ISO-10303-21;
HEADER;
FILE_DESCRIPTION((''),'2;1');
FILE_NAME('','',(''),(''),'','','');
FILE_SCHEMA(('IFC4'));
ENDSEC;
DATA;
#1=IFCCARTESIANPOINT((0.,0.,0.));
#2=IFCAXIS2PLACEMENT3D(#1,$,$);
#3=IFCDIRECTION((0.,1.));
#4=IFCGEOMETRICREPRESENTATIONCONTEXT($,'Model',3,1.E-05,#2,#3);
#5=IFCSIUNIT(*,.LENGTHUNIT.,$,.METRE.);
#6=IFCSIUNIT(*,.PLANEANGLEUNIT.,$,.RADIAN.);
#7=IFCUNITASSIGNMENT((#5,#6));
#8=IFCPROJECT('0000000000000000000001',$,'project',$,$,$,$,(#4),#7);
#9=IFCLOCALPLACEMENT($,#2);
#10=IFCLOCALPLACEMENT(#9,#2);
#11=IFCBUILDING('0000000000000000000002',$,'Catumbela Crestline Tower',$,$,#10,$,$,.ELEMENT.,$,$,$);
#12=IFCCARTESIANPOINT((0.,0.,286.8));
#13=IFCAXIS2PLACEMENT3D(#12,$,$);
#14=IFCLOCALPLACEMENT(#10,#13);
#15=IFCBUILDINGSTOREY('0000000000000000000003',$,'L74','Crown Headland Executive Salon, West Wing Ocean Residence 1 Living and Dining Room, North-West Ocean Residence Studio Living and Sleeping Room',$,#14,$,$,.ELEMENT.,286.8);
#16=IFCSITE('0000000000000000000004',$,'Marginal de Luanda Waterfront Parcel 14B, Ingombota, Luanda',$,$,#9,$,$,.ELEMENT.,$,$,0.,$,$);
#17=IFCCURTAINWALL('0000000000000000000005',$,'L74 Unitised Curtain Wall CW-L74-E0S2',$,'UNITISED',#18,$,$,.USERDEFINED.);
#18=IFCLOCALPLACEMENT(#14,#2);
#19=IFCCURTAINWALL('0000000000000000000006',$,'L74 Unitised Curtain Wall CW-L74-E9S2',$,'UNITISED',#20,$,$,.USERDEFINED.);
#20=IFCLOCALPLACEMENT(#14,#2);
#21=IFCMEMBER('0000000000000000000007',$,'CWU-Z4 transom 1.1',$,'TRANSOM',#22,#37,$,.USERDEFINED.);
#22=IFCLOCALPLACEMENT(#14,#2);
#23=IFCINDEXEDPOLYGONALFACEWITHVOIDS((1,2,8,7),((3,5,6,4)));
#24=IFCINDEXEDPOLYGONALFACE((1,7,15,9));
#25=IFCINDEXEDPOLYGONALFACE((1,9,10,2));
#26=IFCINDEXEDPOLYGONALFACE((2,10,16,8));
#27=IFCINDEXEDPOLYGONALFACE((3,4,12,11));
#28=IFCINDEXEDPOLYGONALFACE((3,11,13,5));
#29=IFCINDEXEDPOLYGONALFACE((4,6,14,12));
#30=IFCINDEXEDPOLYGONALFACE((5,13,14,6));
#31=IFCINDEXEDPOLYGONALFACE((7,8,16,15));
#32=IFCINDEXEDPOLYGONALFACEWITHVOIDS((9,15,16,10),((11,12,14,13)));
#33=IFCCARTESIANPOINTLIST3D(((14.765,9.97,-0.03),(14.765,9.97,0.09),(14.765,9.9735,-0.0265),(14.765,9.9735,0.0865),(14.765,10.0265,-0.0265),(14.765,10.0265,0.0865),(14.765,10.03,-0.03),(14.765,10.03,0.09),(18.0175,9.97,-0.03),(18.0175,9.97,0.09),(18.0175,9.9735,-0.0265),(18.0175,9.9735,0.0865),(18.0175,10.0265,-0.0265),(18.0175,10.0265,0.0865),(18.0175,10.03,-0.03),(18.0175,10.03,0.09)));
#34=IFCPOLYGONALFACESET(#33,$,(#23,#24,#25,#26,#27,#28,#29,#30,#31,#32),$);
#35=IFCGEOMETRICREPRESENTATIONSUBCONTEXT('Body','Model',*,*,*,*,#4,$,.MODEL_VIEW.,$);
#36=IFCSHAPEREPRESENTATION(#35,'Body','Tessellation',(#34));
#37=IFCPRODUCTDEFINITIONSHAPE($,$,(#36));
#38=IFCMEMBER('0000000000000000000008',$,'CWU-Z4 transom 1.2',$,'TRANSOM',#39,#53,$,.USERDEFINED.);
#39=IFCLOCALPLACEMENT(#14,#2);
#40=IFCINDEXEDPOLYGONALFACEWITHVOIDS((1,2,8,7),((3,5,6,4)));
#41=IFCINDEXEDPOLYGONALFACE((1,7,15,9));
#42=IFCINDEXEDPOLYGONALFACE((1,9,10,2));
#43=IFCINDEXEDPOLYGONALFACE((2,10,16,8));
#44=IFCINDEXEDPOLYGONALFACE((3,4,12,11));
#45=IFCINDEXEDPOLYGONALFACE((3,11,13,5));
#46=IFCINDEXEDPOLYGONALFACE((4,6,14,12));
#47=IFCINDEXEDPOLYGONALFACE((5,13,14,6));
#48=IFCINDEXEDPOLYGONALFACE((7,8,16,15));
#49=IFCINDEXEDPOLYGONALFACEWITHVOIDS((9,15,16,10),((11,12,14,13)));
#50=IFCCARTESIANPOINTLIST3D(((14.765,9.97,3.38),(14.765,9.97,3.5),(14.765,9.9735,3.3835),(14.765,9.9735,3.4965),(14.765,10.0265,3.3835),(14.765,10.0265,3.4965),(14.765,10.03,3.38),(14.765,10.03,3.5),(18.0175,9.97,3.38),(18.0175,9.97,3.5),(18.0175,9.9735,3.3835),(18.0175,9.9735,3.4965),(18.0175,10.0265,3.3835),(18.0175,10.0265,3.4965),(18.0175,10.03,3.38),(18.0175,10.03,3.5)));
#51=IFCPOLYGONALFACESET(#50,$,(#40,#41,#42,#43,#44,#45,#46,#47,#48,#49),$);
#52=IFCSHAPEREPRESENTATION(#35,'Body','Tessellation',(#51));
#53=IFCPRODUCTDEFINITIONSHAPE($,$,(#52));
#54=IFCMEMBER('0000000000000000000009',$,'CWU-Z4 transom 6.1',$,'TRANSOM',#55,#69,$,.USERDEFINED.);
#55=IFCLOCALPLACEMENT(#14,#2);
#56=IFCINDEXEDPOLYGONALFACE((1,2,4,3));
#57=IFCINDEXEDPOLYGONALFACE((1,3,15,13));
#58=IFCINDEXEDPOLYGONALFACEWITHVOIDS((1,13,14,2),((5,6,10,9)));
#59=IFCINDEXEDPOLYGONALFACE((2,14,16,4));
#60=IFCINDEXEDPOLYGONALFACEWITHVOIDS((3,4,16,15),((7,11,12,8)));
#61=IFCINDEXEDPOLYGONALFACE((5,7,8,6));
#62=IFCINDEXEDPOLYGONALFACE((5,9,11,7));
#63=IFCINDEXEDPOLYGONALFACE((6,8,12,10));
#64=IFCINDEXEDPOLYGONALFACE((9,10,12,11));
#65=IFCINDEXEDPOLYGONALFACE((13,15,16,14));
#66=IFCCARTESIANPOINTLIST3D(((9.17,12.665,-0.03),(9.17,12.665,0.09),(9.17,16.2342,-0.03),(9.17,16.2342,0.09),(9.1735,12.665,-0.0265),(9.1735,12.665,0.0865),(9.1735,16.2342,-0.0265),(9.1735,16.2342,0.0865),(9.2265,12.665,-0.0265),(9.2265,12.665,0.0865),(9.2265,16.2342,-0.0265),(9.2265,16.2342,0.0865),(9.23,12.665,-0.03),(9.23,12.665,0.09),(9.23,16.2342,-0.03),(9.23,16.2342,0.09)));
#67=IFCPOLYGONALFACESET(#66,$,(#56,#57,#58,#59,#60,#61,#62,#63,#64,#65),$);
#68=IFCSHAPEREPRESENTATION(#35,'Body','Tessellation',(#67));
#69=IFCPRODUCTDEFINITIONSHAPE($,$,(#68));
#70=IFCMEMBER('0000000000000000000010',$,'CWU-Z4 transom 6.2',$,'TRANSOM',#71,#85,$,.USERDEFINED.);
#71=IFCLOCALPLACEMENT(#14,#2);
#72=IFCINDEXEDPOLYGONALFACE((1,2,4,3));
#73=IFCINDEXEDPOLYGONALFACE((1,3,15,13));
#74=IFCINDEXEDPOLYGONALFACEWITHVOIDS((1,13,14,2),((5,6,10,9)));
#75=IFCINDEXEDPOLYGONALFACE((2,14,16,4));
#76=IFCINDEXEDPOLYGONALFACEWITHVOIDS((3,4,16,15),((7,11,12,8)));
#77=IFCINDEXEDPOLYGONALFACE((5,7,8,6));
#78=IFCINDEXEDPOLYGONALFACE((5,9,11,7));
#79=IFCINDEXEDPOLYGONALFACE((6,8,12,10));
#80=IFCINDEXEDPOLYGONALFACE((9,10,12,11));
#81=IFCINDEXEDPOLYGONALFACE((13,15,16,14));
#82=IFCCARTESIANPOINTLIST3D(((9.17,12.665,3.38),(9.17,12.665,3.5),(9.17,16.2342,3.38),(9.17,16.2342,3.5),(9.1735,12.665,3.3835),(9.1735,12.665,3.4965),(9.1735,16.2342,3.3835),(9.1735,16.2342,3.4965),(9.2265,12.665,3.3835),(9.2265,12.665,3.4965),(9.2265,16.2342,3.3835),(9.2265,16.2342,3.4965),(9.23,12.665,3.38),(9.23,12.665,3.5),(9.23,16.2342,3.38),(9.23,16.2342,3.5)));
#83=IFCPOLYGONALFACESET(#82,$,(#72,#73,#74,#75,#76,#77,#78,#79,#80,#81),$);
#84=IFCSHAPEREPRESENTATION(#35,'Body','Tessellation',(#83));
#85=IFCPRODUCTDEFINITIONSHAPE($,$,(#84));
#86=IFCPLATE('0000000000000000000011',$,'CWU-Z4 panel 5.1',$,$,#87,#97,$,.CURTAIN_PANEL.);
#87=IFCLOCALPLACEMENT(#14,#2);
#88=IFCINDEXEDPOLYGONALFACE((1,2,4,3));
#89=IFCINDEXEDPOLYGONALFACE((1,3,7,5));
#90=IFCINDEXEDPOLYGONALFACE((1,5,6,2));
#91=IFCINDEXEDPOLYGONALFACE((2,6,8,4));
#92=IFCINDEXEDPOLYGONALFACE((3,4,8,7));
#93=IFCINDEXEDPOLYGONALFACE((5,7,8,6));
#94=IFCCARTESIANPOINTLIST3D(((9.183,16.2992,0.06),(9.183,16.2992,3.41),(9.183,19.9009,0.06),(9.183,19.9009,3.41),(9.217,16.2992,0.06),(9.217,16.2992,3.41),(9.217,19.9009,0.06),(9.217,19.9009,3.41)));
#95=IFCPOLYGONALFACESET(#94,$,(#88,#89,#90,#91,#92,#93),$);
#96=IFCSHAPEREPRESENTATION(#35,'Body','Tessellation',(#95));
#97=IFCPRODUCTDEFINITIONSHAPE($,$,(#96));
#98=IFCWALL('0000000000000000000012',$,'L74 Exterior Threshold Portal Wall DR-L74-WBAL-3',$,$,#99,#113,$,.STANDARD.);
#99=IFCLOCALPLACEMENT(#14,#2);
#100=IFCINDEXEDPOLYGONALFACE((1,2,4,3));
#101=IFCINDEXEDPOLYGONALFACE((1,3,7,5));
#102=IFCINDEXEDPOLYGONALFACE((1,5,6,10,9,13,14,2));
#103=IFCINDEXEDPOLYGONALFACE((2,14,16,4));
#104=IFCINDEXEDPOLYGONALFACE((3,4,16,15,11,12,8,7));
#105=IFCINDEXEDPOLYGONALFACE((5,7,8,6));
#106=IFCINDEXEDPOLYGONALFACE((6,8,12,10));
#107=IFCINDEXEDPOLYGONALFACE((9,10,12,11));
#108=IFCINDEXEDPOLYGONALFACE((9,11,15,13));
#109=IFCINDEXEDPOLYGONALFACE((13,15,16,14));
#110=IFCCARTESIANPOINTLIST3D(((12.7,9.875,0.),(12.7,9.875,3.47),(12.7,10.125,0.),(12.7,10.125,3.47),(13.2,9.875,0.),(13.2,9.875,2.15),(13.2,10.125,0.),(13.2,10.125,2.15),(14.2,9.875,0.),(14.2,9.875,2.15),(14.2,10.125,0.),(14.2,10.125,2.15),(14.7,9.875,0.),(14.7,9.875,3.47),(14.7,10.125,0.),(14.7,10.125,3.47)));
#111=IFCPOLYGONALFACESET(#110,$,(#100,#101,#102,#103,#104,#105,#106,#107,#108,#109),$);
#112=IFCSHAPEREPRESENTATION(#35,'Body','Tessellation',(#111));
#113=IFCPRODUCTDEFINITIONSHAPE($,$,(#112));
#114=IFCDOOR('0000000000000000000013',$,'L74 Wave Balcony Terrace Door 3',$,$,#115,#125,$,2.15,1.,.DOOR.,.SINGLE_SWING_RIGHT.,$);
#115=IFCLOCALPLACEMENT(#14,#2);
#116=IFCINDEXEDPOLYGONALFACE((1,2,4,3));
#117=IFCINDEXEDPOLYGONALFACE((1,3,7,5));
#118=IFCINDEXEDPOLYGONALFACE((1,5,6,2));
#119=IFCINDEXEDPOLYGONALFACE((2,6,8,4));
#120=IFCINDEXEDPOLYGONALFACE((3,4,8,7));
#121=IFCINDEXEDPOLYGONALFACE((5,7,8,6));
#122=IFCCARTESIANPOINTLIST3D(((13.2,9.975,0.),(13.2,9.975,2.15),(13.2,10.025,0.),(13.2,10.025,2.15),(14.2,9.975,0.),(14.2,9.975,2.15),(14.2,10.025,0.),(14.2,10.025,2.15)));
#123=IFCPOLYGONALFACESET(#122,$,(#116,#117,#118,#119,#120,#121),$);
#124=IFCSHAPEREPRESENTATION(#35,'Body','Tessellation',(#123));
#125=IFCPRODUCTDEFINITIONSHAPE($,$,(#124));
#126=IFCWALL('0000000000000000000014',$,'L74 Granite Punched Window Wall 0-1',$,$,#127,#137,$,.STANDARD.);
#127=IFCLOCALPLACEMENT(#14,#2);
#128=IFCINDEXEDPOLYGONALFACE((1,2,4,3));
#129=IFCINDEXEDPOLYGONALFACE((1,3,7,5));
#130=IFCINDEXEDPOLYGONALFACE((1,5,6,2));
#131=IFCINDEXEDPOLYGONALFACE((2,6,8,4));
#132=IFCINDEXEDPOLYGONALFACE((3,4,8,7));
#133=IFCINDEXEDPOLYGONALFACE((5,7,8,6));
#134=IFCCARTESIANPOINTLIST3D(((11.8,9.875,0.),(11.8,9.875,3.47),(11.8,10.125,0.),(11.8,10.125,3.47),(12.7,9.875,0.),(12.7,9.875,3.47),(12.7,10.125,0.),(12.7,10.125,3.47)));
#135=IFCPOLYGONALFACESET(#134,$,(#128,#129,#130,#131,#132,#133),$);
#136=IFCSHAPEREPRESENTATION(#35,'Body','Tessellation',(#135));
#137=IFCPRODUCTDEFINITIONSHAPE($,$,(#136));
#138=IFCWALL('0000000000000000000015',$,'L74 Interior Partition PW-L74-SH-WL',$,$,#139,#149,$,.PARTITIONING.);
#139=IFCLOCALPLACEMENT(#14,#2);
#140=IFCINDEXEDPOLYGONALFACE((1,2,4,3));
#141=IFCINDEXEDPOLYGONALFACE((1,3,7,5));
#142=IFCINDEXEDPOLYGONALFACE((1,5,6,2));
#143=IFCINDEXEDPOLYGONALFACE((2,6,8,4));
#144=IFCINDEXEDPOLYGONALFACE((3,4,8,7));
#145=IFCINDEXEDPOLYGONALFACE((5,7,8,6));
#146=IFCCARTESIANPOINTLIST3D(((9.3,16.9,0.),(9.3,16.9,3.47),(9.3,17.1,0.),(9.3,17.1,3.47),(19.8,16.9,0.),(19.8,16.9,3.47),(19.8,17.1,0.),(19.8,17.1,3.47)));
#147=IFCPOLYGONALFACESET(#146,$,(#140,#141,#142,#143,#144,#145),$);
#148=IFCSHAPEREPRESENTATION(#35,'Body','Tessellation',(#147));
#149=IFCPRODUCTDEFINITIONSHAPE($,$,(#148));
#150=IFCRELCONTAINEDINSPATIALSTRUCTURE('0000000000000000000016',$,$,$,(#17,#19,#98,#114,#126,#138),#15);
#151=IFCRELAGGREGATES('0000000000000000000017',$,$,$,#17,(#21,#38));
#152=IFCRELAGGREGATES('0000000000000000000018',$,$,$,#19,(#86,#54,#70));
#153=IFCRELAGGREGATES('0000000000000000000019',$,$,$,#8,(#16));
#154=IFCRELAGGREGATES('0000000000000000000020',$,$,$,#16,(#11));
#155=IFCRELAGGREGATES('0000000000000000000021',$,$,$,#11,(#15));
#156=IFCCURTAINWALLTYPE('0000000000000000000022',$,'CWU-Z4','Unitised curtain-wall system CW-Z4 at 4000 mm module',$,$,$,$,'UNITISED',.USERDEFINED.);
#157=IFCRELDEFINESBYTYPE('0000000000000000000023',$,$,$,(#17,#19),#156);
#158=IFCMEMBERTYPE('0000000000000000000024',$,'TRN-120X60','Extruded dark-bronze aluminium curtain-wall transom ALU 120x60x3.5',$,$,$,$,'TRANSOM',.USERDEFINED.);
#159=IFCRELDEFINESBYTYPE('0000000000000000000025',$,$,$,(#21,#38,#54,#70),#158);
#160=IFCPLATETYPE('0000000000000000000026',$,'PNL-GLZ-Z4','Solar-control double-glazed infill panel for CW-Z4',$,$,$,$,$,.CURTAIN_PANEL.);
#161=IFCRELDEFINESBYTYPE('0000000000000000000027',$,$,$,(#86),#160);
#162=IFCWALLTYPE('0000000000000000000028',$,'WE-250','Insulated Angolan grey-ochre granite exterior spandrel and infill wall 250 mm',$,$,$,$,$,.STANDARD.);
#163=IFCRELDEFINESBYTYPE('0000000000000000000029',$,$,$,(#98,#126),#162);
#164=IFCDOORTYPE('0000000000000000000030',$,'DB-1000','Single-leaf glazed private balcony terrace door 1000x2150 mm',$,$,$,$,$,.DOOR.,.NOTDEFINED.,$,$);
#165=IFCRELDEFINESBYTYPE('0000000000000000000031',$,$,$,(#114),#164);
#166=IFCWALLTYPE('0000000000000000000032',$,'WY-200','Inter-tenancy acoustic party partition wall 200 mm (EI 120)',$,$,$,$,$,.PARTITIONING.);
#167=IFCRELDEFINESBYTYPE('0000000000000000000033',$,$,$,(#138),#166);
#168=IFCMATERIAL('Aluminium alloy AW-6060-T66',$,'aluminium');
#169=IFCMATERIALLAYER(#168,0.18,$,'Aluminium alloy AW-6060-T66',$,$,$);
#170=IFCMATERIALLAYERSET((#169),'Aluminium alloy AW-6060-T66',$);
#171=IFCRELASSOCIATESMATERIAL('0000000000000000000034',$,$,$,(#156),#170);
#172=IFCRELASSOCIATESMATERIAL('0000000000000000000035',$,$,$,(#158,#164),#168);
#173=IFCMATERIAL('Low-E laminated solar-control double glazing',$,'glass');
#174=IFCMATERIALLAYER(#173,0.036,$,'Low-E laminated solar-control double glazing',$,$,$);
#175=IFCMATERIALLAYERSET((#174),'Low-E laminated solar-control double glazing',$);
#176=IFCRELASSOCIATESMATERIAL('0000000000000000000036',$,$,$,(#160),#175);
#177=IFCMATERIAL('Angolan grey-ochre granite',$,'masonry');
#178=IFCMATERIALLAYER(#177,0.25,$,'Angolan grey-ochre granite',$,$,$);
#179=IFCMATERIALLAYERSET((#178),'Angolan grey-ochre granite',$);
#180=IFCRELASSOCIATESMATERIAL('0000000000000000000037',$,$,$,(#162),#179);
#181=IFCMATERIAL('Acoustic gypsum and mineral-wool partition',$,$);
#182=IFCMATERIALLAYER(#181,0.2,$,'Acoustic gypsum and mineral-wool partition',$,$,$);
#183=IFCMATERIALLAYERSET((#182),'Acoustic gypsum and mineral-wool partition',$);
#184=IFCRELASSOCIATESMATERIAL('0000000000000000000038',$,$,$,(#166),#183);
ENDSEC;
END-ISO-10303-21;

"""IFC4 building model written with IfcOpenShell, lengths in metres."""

from ifc_helpers import new_model, si_unit, direction, frame, frame_2d, origin, origin_2d, place, context, subcontext, project, spatial, rectangle, hollow_rectangle, extrude, material, layer, layer_set, material_profile, profile_set, type_object, element, fill, aggregate, save


model = new_model("IFC4")

# Units and contexts
model_context = context("Model", 3, precision=1e-05, world=origin(), true_north=direction((0.0, 1.0)))
body_context = subcontext(model_context, "Body", "Model", "MODEL_VIEW")
ifc_project = project(units=[si_unit("LENGTHUNIT", "METRE"), si_unit("PLANEANGLEUNIT", "RADIAN")], contexts=[model_context])

# Site, building, storey
site_placement = place(None, origin())
site = spatial("IfcSite", under=ifc_project, at=site_placement, Name="Marginal de Luanda Waterfront Parcel 14B, Ingombota, Luanda", CompositionType="ELEMENT", RefElevation=0.0)
building_placement = place(site_placement, origin())
building = spatial("IfcBuilding", under=site, at=building_placement, Name="Catumbela Crestline Tower", CompositionType="ELEMENT")
storey_placement = place(building_placement, frame((0.0, 0.0, 286.8)))
storey = spatial("IfcBuildingStorey", under=building, at=storey_placement, Name="L74", Description="Crown Headland Executive Salon, West Wing Ocean Residence 1 Living and Dining Room, North-West Ocean Residence Studio Living and Sleeping Room", CompositionType="ELEMENT", Elevation=286.8)

# Curtain walls
ifc_material_1 = material(Name="Aluminium alloy AW-6060-T66", Category="aluminium")
ifc_layer_1 = layer(ifc_material_1, 0.18, Name="Aluminium alloy AW-6060-T66")
ifc_layer_set_1 = layer_set([ifc_layer_1], Name="Aluminium alloy AW-6060-T66")
curtain_wall_type = type_object("IfcCurtainWallType", Name="CWU-Z4", Description="Unitised curtain-wall system CW-Z4 at 4000 mm module", ElementType="UNITISED", PredefinedType="USERDEFINED", material=ifc_layer_set_1)
curtain_wall_1_placement = place(storey_placement, origin())
curtain_wall_1 = element("IfcCurtainWall", 1, at=curtain_wall_1_placement, inside=storey, type_object=curtain_wall_type, Name="L74 Unitised Curtain Wall CW-L74-E0S2", ObjectType="UNITISED", PredefinedType="USERDEFINED")
curtain_wall_2_placement = place(storey_placement, origin())
curtain_wall_2 = element("IfcCurtainWall", 2, at=curtain_wall_2_placement, inside=storey, type_object=curtain_wall_type, Name="L74 Unitised Curtain Wall CW-L74-E9S2", ObjectType="UNITISED", PredefinedType="USERDEFINED")

# Members
ifc_material_profile_1 = material_profile(ifc_material_1, hollow_rectangle(XDim=0.06, YDim=0.12, WallThickness=0.0035, at=origin_2d()), Name="ALU 120x60x3.5")
ifc_profile_set_1 = profile_set([ifc_material_profile_1], Name="Aluminium alloy AW-6060-T66")
member_type_1 = type_object("IfcMemberType", Name="TRN-120X60", Description="Extruded dark-bronze aluminium curtain-wall transom ALU 120x60x3.5", ElementType="TRANSOM", PredefinedType="USERDEFINED", material=ifc_profile_set_1)
member_1_placement = place(storey_placement, frame((14.765, 10.0, 0.03), z_axis=(1.0, 0.0, 0.0), x_axis=(0.0, 1.0, 0.0)))
member_1 = element("IfcMember", 3, at=member_1_placement, type_object=member_type_1, Name="CWU-Z4 transom 1.1", ObjectType="TRANSOM", PredefinedType="USERDEFINED", context=body_context, shape_type="SweptSolid", body=[
    extrude(hollow_rectangle(XDim=0.06, YDim=0.12, WallThickness=0.0035, at=origin_2d()), origin(), (0.0, 0.0, 1.0), 3.2525),
])
member_2_placement = place(storey_placement, frame((14.765, 10.0, 3.44), z_axis=(1.0, 0.0, 0.0), x_axis=(0.0, 1.0, 0.0)))
member_2 = element("IfcMember", 4, at=member_2_placement, type_object=member_type_1, Name="CWU-Z4 transom 1.2", ObjectType="TRANSOM", PredefinedType="USERDEFINED", context=body_context, shape_type="SweptSolid", body=[
    extrude(hollow_rectangle(XDim=0.06, YDim=0.12, WallThickness=0.0035, at=origin_2d()), origin(), (0.0, 0.0, 1.0), 3.2525),
])
aggregate(curtain_wall_1, [member_1, member_2])
member_3_placement = place(storey_placement, frame((9.2, 16.2342, 0.03), z_axis=(0.0, -1.0, 0.0), x_axis=(1.0, 0.0, 0.0)))
member_3 = element("IfcMember", 5, at=member_3_placement, type_object=member_type_1, Name="CWU-Z4 transom 6.1", ObjectType="TRANSOM", PredefinedType="USERDEFINED", context=body_context, shape_type="SweptSolid", body=[
    extrude(hollow_rectangle(XDim=0.06, YDim=0.12, WallThickness=0.0035, at=origin_2d()), origin(), (0.0, 0.0, 1.0), 3.5692),
])
member_4_placement = place(storey_placement, frame((9.2, 16.2342, 3.44), z_axis=(0.0, -1.0, 0.0), x_axis=(1.0, 0.0, 0.0)))
member_4 = element("IfcMember", 6, at=member_4_placement, type_object=member_type_1, Name="CWU-Z4 transom 6.2", ObjectType="TRANSOM", PredefinedType="USERDEFINED", context=body_context, shape_type="SweptSolid", body=[
    extrude(hollow_rectangle(XDim=0.06, YDim=0.12, WallThickness=0.0035, at=origin_2d()), origin(), (0.0, 0.0, 1.0), 3.5692),
])

# Plate
ifc_material_2 = material(Name="Low-E laminated solar-control double glazing", Category="glass")
ifc_layer_2 = layer(ifc_material_2, 0.036, Name="Low-E laminated solar-control double glazing")
ifc_layer_set_2 = layer_set([ifc_layer_2], Name="Low-E laminated solar-control double glazing")
plate_type = type_object("IfcPlateType", Name="PNL-GLZ-Z4", Description="Solar-control double-glazed infill panel for CW-Z4", PredefinedType="CURTAIN_PANEL", material=ifc_layer_set_2)
plate_placement = place(storey_placement, frame((9.2, 18.1, 0.06), z_axis=(0.0, 0.0, 1.0), x_axis=(0.0, -1.0, 0.0)))
plate = element("IfcPlate", 7, at=plate_placement, type_object=plate_type, Name="CWU-Z4 panel 5.1", PredefinedType="CURTAIN_PANEL", context=body_context, shape_type="SweptSolid", body=[
    extrude(rectangle(XDim=3.6017, YDim=0.034, at=origin_2d()), origin(), (0.0, 0.0, 1.0), 3.35),
])
aggregate(curtain_wall_2, [plate, member_3, member_4])

# Wall, opening, door
ifc_material_3 = material(Name="Angolan grey-ochre granite", Category="masonry")
ifc_layer_3 = layer(ifc_material_3, 0.25, Name="Angolan grey-ochre granite")
ifc_layer_set_3 = layer_set([ifc_layer_3], Name="Angolan grey-ochre granite")
wall_type_1 = type_object("IfcWallType", Name="WE-250", Description="Insulated Angolan grey-ochre granite exterior spandrel and infill wall 250 mm", PredefinedType="STANDARD", material=ifc_layer_set_3)
wall_1_placement = place(storey_placement, frame((12.7, 10.0, 0.0), z_axis=(0.0, 0.0, 1.0), x_axis=(1.0, 0.0, 0.0)))
wall_1 = element("IfcWall", 8, at=wall_1_placement, inside=storey, type_object=wall_type_1, Name="L74 Exterior Threshold Portal Wall DR-L74-WBAL-3", PredefinedType="STANDARD", context=body_context, shape_type="SweptSolid", body=[
    extrude(rectangle(XDim=2.0, YDim=0.25, at=frame_2d((1.0, 0.0))), origin(), (0.0, 0.0, 1.0), 3.47),
])
opening_placement = place(wall_1_placement, frame((0.5, 0.0, 0.0)))
opening = element("IfcOpeningElement", 9, at=opening_placement, cuts=wall_1, PredefinedType="OPENING", context=body_context, shape_type="SweptSolid", body=[
    extrude(rectangle(XDim=1.0, YDim=2.15, at=frame_2d((0.5, 1.075))), frame((0.0, 0.135, 0.0), z_axis=(0.0, -1.0, 0.0), x_axis=(1.0, 0.0, 0.0)), (0.0, 0.0, 1.0), 0.27),
])
door_type = type_object("IfcDoorType", Name="DB-1000", Description="Single-leaf glazed private balcony terrace door 1000x2150 mm", OperationType="NOTDEFINED", PredefinedType="DOOR", material=ifc_material_1)
door_placement = place(opening_placement, origin())
door = element("IfcDoor", 10, at=door_placement, inside=storey, type_object=door_type, Name="L74 Wave Balcony Terrace Door 3", OperationType="SINGLE_SWING_RIGHT", OverallHeight=2.15, OverallWidth=1.0, PredefinedType="DOOR", context=body_context, shape_type="SweptSolid", body=[
    extrude(rectangle(XDim=1.0, YDim=2.15, at=frame_2d((0.5, 1.075))), frame((0.0, 0.025, 0.0), z_axis=(0.0, -1.0, 0.0), x_axis=(1.0, 0.0, 0.0)), (0.0, 0.0, 1.0), 0.05),
])
fill(opening, door)

# Walls
wall_2_placement = place(storey_placement, frame((11.8, 10.0, 0.0), z_axis=(0.0, 0.0, 1.0), x_axis=(1.0, 0.0, 0.0)))
element("IfcWall", 11, at=wall_2_placement, inside=storey, type_object=wall_type_1, Name="L74 Granite Punched Window Wall 0-1", PredefinedType="STANDARD", context=body_context, shape_type="SweptSolid", body=[
    extrude(rectangle(XDim=0.9, YDim=0.25, at=frame_2d((0.45, 0.0))), origin(), (0.0, 0.0, 1.0), 3.47),
])
ifc_material_4 = material(Name="Acoustic gypsum and mineral-wool partition")
ifc_layer_4 = layer(ifc_material_4, 0.2, Name="Acoustic gypsum and mineral-wool partition")
ifc_layer_set_4 = layer_set([ifc_layer_4], Name="Acoustic gypsum and mineral-wool partition")
wall_type_2 = type_object("IfcWallType", Name="WY-200", Description="Inter-tenancy acoustic party partition wall 200 mm (EI 120)", PredefinedType="PARTITIONING", material=ifc_layer_set_4)
wall_3_placement = place(storey_placement, frame((9.3, 17.0, 0.0), z_axis=(0.0, 0.0, 1.0), x_axis=(1.0, 0.0, 0.0)))
element("IfcWall", 12, at=wall_3_placement, inside=storey, type_object=wall_type_2, Name="L74 Interior Partition PW-L74-SH-WL", PredefinedType="PARTITIONING", context=body_context, shape_type="SweptSolid", body=[
    extrude(rectangle(XDim=10.5, YDim=0.2, at=frame_2d((5.25, 0.0))), origin(), (0.0, 0.0, 1.0), 3.47),
])

save(model, "model.ifc")
